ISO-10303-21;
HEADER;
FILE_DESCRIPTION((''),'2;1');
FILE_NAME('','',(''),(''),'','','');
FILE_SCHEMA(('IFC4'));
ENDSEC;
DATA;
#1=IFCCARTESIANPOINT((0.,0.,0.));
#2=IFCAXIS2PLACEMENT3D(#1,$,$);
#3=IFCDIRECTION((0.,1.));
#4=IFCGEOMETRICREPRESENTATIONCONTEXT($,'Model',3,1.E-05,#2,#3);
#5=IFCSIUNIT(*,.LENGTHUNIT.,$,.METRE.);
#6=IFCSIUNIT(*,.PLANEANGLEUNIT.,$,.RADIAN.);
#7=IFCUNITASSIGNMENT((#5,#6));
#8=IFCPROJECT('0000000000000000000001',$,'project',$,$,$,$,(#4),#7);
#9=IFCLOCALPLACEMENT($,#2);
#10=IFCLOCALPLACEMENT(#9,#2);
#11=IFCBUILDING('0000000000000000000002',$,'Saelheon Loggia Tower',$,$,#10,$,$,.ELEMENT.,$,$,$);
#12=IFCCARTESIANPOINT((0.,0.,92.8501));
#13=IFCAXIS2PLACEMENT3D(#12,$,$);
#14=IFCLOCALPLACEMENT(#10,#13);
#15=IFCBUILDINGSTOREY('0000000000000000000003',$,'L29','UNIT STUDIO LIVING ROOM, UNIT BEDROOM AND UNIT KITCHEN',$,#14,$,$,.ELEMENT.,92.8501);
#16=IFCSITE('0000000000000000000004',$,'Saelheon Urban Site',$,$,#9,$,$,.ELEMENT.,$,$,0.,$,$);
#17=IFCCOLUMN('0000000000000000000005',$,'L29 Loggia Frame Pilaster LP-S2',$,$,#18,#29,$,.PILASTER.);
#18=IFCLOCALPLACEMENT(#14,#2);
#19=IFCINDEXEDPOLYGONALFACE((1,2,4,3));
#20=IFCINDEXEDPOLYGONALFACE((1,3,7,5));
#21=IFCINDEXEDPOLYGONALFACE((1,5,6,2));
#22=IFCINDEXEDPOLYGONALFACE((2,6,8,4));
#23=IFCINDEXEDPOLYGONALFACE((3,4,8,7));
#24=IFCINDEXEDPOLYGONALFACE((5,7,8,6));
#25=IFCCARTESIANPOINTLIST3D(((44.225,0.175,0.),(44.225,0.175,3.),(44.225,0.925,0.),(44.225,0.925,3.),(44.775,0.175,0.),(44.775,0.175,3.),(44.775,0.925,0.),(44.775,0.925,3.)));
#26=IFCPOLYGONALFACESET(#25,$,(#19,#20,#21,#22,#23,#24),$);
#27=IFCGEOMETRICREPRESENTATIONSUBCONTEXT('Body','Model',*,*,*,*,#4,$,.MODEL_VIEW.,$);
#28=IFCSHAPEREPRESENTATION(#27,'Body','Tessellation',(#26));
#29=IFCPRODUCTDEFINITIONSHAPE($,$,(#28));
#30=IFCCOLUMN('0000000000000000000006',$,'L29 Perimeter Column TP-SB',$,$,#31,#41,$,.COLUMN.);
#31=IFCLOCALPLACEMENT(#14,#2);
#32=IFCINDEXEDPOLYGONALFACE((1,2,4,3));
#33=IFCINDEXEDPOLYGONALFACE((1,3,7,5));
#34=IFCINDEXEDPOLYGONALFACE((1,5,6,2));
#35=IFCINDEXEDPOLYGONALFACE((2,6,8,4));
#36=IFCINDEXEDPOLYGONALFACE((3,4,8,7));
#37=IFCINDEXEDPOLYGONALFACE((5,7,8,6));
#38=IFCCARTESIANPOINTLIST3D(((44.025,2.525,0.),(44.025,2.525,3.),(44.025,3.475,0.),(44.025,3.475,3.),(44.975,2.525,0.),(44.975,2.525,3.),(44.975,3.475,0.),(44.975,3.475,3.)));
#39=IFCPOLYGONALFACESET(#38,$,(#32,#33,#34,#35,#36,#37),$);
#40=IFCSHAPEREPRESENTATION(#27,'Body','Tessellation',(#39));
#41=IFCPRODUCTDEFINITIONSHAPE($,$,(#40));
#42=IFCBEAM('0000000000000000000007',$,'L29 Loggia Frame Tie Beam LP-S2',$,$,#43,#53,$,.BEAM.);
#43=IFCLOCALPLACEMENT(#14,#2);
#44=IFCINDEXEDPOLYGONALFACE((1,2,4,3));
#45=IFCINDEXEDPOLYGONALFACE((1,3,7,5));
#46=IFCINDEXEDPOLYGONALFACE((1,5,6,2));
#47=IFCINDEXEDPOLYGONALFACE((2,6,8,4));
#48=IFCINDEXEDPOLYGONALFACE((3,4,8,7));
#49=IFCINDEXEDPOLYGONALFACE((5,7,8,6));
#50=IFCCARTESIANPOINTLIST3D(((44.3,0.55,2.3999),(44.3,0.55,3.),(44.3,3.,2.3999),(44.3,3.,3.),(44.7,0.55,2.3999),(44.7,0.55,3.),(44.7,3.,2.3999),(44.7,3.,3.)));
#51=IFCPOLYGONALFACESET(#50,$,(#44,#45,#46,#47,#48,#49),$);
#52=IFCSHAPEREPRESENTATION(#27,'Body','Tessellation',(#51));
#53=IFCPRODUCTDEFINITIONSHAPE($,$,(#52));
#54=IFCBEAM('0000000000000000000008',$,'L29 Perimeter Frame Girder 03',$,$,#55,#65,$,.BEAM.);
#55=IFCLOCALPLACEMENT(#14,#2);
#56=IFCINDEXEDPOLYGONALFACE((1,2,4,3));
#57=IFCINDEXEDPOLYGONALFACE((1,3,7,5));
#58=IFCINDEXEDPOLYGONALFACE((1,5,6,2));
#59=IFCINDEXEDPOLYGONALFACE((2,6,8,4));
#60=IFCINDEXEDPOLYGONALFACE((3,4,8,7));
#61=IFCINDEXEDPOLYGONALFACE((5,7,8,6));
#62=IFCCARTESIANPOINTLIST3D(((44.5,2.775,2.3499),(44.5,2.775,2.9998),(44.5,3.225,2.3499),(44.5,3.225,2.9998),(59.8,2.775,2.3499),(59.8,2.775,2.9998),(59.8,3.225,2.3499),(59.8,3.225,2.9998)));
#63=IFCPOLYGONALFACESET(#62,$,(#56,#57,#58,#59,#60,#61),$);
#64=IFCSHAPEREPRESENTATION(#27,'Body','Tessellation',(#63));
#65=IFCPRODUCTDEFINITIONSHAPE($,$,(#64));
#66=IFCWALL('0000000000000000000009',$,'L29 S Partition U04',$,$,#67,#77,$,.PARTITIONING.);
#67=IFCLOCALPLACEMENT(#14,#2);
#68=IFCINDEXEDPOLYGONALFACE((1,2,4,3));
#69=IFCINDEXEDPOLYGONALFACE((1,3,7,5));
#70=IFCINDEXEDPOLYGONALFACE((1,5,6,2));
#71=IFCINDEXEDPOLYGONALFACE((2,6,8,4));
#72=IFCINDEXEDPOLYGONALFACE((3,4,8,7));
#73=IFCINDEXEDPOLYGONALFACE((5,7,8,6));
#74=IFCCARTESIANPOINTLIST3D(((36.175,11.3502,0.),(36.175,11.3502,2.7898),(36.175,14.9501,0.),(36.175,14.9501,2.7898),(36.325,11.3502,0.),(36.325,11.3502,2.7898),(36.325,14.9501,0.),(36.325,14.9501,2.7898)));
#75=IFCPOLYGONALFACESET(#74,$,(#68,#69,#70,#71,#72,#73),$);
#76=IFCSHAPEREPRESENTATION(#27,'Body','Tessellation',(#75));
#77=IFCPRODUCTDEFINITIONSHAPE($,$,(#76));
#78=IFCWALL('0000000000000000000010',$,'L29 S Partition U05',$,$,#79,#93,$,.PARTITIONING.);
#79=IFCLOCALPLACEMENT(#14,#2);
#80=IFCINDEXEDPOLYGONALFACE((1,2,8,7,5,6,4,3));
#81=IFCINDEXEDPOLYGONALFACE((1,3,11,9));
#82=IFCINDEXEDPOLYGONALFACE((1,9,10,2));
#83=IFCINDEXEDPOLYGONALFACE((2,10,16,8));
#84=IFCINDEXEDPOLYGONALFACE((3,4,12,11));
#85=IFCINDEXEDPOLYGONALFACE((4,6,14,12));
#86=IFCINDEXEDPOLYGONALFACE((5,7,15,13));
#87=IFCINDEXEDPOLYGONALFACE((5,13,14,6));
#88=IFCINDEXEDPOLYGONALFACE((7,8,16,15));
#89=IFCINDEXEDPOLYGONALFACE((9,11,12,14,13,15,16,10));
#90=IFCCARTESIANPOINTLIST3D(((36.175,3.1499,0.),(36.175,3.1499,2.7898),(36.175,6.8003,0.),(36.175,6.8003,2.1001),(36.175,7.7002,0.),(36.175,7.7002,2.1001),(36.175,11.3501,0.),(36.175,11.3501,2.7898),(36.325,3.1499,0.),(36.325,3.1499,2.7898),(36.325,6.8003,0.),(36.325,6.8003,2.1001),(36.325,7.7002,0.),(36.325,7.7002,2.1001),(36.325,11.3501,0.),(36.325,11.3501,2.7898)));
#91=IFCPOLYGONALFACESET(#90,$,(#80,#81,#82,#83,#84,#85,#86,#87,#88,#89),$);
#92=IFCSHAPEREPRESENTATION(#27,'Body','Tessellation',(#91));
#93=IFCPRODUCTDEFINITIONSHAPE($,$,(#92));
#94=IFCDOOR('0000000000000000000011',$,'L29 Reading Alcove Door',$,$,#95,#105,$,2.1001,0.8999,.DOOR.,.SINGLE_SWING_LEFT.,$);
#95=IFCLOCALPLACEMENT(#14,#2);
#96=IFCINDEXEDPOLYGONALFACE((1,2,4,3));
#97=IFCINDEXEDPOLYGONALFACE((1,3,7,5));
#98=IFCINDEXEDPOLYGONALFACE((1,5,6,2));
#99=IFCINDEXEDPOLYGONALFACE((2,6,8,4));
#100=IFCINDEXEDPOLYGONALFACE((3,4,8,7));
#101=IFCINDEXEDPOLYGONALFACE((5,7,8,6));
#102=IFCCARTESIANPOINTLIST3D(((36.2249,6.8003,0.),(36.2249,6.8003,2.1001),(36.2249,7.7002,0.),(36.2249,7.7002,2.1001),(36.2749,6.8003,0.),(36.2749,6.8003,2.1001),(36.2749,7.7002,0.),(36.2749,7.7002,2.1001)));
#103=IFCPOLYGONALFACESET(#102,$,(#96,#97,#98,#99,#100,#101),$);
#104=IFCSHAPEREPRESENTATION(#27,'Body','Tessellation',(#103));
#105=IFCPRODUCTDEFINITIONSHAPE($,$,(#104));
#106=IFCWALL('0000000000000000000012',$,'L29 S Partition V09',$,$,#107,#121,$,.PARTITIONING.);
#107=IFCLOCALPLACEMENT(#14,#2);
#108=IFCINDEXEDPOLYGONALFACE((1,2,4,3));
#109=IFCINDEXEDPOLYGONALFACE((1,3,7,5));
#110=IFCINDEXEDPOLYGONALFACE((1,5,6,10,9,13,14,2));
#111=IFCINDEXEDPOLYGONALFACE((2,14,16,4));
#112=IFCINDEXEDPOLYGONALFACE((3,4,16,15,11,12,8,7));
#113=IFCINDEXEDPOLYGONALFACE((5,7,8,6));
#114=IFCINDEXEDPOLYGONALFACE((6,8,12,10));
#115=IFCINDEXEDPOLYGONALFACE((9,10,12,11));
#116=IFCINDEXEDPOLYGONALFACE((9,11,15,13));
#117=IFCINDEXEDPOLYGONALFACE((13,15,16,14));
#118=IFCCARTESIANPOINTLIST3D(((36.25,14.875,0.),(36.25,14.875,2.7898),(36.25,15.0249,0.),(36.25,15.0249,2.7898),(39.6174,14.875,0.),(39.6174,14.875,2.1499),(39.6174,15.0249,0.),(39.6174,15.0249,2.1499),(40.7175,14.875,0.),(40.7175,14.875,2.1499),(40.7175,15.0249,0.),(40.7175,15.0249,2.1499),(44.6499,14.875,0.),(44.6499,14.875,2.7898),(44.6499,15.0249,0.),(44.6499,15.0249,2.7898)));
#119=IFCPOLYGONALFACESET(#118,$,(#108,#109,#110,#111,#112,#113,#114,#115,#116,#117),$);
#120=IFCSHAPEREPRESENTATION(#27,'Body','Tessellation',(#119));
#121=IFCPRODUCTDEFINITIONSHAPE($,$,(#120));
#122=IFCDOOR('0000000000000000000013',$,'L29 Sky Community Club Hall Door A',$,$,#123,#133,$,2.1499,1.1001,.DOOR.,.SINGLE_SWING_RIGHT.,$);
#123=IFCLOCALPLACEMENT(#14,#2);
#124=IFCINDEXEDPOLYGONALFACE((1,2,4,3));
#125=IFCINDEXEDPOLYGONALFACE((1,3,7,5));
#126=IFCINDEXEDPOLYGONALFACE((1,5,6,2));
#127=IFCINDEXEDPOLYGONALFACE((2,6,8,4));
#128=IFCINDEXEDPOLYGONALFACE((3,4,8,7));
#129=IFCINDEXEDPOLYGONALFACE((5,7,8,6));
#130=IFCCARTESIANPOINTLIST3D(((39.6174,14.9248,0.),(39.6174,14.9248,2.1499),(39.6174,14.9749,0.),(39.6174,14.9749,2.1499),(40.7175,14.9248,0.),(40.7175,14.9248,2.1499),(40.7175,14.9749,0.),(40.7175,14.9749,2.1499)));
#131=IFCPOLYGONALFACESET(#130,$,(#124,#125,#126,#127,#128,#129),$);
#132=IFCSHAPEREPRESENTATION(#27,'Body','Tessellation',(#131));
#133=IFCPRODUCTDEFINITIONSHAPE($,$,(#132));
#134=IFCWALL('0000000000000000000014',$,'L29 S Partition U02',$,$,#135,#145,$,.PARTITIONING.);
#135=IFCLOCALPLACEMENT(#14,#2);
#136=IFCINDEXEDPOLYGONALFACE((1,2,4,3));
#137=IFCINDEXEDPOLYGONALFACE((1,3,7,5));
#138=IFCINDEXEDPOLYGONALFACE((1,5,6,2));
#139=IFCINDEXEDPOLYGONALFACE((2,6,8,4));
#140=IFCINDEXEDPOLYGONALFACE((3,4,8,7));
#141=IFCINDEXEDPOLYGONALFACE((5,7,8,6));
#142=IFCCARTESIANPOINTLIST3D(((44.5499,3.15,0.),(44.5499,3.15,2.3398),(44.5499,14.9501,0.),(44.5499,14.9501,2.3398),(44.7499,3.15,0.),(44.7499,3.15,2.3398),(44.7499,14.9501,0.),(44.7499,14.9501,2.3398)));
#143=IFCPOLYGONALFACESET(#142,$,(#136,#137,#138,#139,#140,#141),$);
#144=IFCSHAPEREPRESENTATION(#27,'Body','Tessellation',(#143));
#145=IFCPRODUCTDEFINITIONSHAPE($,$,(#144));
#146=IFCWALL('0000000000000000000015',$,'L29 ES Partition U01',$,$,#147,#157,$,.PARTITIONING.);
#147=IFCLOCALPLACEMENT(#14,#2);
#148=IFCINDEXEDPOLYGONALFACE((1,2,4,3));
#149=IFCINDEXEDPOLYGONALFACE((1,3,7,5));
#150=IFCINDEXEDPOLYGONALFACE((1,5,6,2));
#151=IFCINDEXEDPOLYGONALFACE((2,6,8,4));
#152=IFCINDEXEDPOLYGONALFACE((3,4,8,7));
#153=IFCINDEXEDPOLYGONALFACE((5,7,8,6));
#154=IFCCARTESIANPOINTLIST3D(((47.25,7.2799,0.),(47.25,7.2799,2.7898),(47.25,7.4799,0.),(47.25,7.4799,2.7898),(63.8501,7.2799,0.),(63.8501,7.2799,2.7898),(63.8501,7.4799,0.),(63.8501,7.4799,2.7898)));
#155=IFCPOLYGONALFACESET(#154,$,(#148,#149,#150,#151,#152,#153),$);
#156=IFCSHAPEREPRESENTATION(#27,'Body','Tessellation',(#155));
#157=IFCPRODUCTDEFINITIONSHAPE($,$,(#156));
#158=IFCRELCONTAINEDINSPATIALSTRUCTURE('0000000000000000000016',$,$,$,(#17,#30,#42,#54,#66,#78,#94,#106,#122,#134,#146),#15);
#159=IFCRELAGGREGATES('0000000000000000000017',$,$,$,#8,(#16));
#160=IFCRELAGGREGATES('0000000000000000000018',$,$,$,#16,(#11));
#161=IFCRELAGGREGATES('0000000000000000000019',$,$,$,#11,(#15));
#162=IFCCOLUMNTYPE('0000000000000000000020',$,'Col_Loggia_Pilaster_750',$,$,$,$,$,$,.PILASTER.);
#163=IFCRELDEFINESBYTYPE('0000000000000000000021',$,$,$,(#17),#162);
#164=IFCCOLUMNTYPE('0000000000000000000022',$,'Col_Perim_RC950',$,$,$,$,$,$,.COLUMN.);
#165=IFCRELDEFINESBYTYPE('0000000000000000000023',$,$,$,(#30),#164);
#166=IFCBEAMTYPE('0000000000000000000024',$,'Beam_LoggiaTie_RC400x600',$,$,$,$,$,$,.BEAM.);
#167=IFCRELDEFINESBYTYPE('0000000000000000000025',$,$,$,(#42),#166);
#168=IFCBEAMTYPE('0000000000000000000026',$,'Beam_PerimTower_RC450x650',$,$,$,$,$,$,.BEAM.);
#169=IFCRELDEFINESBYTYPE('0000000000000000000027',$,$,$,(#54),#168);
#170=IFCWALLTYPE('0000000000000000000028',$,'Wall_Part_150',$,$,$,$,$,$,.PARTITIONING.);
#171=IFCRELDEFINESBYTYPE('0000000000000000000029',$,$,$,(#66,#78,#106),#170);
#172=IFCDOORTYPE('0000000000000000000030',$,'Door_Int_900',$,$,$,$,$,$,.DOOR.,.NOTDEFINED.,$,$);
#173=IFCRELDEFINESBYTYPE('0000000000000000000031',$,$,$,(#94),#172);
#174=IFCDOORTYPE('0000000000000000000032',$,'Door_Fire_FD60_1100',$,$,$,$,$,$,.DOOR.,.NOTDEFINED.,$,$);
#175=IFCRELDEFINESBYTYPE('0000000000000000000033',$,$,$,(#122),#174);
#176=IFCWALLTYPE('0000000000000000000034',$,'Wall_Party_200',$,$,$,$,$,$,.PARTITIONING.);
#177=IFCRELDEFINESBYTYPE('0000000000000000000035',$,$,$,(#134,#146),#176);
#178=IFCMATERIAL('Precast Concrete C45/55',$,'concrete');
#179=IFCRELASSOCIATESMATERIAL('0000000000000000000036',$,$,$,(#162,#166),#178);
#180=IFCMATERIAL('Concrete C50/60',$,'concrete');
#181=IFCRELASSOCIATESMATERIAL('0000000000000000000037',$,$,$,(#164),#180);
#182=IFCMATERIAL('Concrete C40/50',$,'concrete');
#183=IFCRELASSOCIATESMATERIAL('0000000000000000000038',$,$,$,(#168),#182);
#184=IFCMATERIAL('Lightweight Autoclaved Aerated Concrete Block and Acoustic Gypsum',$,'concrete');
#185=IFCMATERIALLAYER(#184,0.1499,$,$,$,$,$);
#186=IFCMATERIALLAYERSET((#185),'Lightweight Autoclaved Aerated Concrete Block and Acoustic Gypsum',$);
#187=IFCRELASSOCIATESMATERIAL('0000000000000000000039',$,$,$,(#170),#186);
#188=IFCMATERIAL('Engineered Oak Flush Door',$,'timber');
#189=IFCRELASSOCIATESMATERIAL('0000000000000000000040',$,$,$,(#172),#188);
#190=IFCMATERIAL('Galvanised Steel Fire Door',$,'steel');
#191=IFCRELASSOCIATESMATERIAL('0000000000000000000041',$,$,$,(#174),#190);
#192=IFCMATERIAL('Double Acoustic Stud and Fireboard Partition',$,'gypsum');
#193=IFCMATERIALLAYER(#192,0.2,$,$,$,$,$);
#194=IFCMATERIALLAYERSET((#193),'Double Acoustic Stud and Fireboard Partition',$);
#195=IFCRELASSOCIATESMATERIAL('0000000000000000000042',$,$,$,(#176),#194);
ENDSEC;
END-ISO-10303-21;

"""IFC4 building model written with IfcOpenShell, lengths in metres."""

from ifc_helpers import new_model, si_unit, direction, frame, frame_2d, origin, origin_2d, place, context, subcontext, project, spatial, rectangle, extrude, source, transform, mapped, material, layer, layer_set, material_profile, profile_set, type_object, element, fill, save


model = new_model("IFC4")

# Units and contexts
model_context = context("Model", 3, precision=1e-05, world=origin(), true_north=direction((0.0, 1.0)))
body_context = subcontext(model_context, "Body", "Model", "MODEL_VIEW")
ifc_project = project(units=[si_unit("LENGTHUNIT", "METRE"), si_unit("PLANEANGLEUNIT", "RADIAN")], contexts=[model_context])

# Site, building, storey
site_placement = place(None, origin())
site = spatial("IfcSite", under=ifc_project, at=site_placement, Name="Saelheon Urban Site", CompositionType="ELEMENT", RefElevation=0.0)
building_placement = place(site_placement, origin())
building = spatial("IfcBuilding", under=site, at=building_placement, Name="Saelheon Loggia Tower", CompositionType="ELEMENT")
storey_placement = place(building_placement, frame((0.0, 0.0, 92.8501)))
storey = spatial("IfcBuildingStorey", under=building, at=storey_placement, Name="L29", Description="UNIT STUDIO LIVING ROOM, UNIT BEDROOM AND UNIT KITCHEN", CompositionType="ELEMENT", Elevation=92.8501)

# Columns
ifc_material_1 = material(Name="Precast Concrete C45/55", Category="concrete")
ifc_material_profile_1 = material_profile(ifc_material_1, rectangle(XDim=0.55, YDim=0.75, at=origin_2d()), Name="RC-550x750")
ifc_profile_set_1 = profile_set([ifc_material_profile_1], Name="Precast Concrete C45/55")
column_type_1 = type_object("IfcColumnType", Name="Col_Loggia_Pilaster_750", PredefinedType="PILASTER", material=ifc_profile_set_1)
shared_shape_1 = source(origin(), body_context, "Body", "SweptSolid", [
    extrude(rectangle(XDim=0.55, YDim=0.75, at=origin_2d()), origin(), (0.0, 0.0, 1.0), 3.0),
])
column_1_placement = place(storey_placement, frame((44.5, 0.55, 0.0), z_axis=(0.0, 0.0, 1.0), x_axis=(1.0, 0.0, 0.0)))
element("IfcColumn", 1, at=column_1_placement, inside=storey, type_object=column_type_1, Name="L29 Loggia Frame Pilaster LP-S2", PredefinedType="PILASTER", context=body_context, shape_type="MappedRepresentation", body=[
    mapped(shared_shape_1, transform((0.0, 0.0, 0.0), scale=1.0)),
])
ifc_material_2 = material(Name="Concrete C50/60", Category="concrete")
ifc_material_profile_2 = material_profile(ifc_material_2, rectangle(XDim=0.95, YDim=0.95, at=origin_2d()), Name="RC-950x950")
ifc_profile_set_2 = profile_set([ifc_material_profile_2], Name="Concrete C50/60")
column_type_2 = type_object("IfcColumnType", Name="Col_Perim_RC950", PredefinedType="COLUMN", material=ifc_profile_set_2)
shared_shape_2 = source(origin(), body_context, "Body", "SweptSolid", [
    extrude(rectangle(XDim=0.95, YDim=0.95, at=origin_2d()), origin(), (0.0, 0.0, 1.0), 3.0),
])
column_2_placement = place(storey_placement, frame((44.5, 3.0, 0.0), z_axis=(0.0, 0.0, 1.0), x_axis=(1.0, 0.0, 0.0)))
element("IfcColumn", 2, at=column_2_placement, inside=storey, type_object=column_type_2, Name="L29 Perimeter Column TP-SB", PredefinedType="COLUMN", context=body_context, shape_type="MappedRepresentation", body=[
    mapped(shared_shape_2, transform((0.0, 0.0, 0.0), scale=1.0)),
])

# Beams
ifc_material_profile_3 = material_profile(ifc_material_1, rectangle(XDim=0.3999, YDim=0.6001, at=origin_2d()), Name="RC-400x600")
ifc_profile_set_3 = profile_set([ifc_material_profile_3], Name="Precast Concrete C45/55")
beam_type_1 = type_object("IfcBeamType", Name="Beam_LoggiaTie_RC400x600", PredefinedType="BEAM", material=ifc_profile_set_3)
shared_shape_3 = source(origin(), body_context, "Body", "SweptSolid", [
    extrude(rectangle(XDim=0.3999, YDim=0.6001, at=origin_2d()), origin(), (0.0, 0.0, 1.0), 2.45),
])
beam_1_placement = place(storey_placement, frame((44.5, 3.0, 2.7), z_axis=(0.0, -1.0, 0.0), x_axis=(1.0, 0.0, 0.0)))
element("IfcBeam", 3, at=beam_1_placement, inside=storey, type_object=beam_type_1, Name="L29 Loggia Frame Tie Beam LP-S2", PredefinedType="BEAM", context=body_context, shape_type="MappedRepresentation", body=[
    mapped(shared_shape_3, transform((0.0, 0.0, 0.0), scale=1.0)),
])
ifc_material_3 = material(Name="Concrete C40/50", Category="concrete")
ifc_material_profile_4 = material_profile(ifc_material_3, rectangle(XDim=0.45, YDim=0.6499, at=origin_2d()), Name="RC-450x650")
ifc_profile_set_4 = profile_set([ifc_material_profile_4], Name="Concrete C40/50")
beam_type_2 = type_object("IfcBeamType", Name="Beam_PerimTower_RC450x650", PredefinedType="BEAM", material=ifc_profile_set_4)
shared_shape_4 = source(origin(), body_context, "Body", "SweptSolid", [
    extrude(rectangle(XDim=0.45, YDim=0.6499, at=origin_2d()), origin(), (0.0, 0.0, 1.0), 15.3),
])
beam_2_placement = place(storey_placement, frame((44.5, 3.0, 2.6748), z_axis=(1.0, 0.0, 0.0), x_axis=(0.0, 1.0, 0.0)))
element("IfcBeam", 4, at=beam_2_placement, inside=storey, type_object=beam_type_2, Name="L29 Perimeter Frame Girder 03", PredefinedType="BEAM", context=body_context, shape_type="MappedRepresentation", body=[
    mapped(shared_shape_4, transform((0.0, 0.0, 0.0), scale=1.0)),
])

# Wall
ifc_material_4 = material(Name="Lightweight Autoclaved Aerated Concrete Block and Acoustic Gypsum", Category="concrete")
ifc_layer_1 = layer(ifc_material_4, 0.1499)
ifc_layer_set_1 = layer_set([ifc_layer_1], Name="Lightweight Autoclaved Aerated Concrete Block and Acoustic Gypsum")
wall_type_1 = type_object("IfcWallType", Name="Wall_Part_150", PredefinedType="PARTITIONING", material=ifc_layer_set_1)
wall_1_placement = place(storey_placement, frame((36.25, 14.95, 0.0), z_axis=(0.0, 0.0, 1.0), x_axis=(0.0, -1.0, 0.0)))
element("IfcWall", 5, at=wall_1_placement, inside=storey, type_object=wall_type_1, Name="L29 S Partition U04", PredefinedType="PARTITIONING", context=body_context, shape_type="SweptSolid", body=[
    extrude(rectangle(XDim=3.5999, YDim=0.1499, at=frame_2d((1.7998, 0.0))), origin(), (0.0, 0.0, 1.0), 2.7898),
])

# Walls, openings, doors
wall_2_placement = place(storey_placement, frame((36.25, 11.3501, 0.0), z_axis=(0.0, 0.0, 1.0), x_axis=(0.0, -1.0, 0.0)))
wall_2 = element("IfcWall", 6, at=wall_2_placement, inside=storey, type_object=wall_type_1, Name="L29 S Partition U05", PredefinedType="PARTITIONING", context=body_context, shape_type="SweptSolid", body=[
    extrude(rectangle(XDim=8.2002, YDim=0.1499, at=frame_2d((4.1001, 0.0))), origin(), (0.0, 0.0, 1.0), 2.7898),
])
opening_1_placement = place(wall_2_placement, frame((3.6499, 0.0, 0.0)))
opening_1 = element("IfcOpeningElement", 7, at=opening_1_placement, cuts=wall_2, PredefinedType="OPENING", context=body_context, shape_type="SweptSolid", body=[
    extrude(rectangle(XDim=0.8999, YDim=2.1001, at=frame_2d((0.45, 1.05))), frame((0.0, 0.0869, 0.0), z_axis=(0.0, -1.0, 0.0), x_axis=(1.0, 0.0, 0.0)), (0.0, 0.0, 1.0), 0.1738),
])
ifc_material_5 = material(Name="Engineered Oak Flush Door", Category="timber")
door_type_1 = type_object("IfcDoorType", Name="Door_Int_900", OperationType="NOTDEFINED", PredefinedType="DOOR", material=ifc_material_5)
shared_shape_5 = source(origin(), body_context, "Body", "SweptSolid", [
    extrude(rectangle(XDim=0.8999, YDim=2.1001, at=frame_2d((0.45, 1.05))), frame((0.0, 0.0249, 0.0), z_axis=(0.0, -1.0, 0.0), x_axis=(1.0, 0.0, 0.0)), (0.0, 0.0, 1.0), 0.05),
])
door_1_placement = place(opening_1_placement, origin())
door_1 = element("IfcDoor", 8, at=door_1_placement, inside=storey, type_object=door_type_1, Name="L29 Reading Alcove Door", OperationType="SINGLE_SWING_LEFT", OverallHeight=2.1001, OverallWidth=0.8999, PredefinedType="DOOR", context=body_context, shape_type="MappedRepresentation", body=[
    mapped(shared_shape_5, transform((0.0, 0.0, 0.0), scale=1.0)),
])
fill(opening_1, door_1)
wall_3_placement = place(storey_placement, frame((36.25, 14.95, 0.0), z_axis=(0.0, 0.0, 1.0), x_axis=(1.0, 0.0, 0.0)))
wall_3 = element("IfcWall", 9, at=wall_3_placement, inside=storey, type_object=wall_type_1, Name="L29 S Partition V09", PredefinedType="PARTITIONING", context=body_context, shape_type="SweptSolid", body=[
    extrude(rectangle(XDim=8.3999, YDim=0.1499, at=frame_2d((4.2, 0.0))), origin(), (0.0, 0.0, 1.0), 2.7898),
])
opening_2_placement = place(wall_3_placement, frame((3.3674, 0.0, 0.0)))
opening_2 = element("IfcOpeningElement", 10, at=opening_2_placement, cuts=wall_3, PredefinedType="OPENING", context=body_context, shape_type="SweptSolid", body=[
    extrude(rectangle(XDim=1.1001, YDim=2.1499, at=frame_2d((0.55, 1.075))), frame((0.0, 0.0869, 0.0), z_axis=(0.0, -1.0, 0.0), x_axis=(1.0, 0.0, 0.0)), (0.0, 0.0, 1.0), 0.1738),
])
ifc_material_6 = material(Name="Galvanised Steel Fire Door", Category="steel")
door_type_2 = type_object("IfcDoorType", Name="Door_Fire_FD60_1100", OperationType="NOTDEFINED", PredefinedType="DOOR", material=ifc_material_6)
shared_shape_6 = source(origin(), body_context, "Body", "SweptSolid", [
    extrude(rectangle(XDim=1.1001, YDim=2.1499, at=frame_2d((0.55, 1.075))), frame((0.0, 0.0249, 0.0), z_axis=(0.0, -1.0, 0.0), x_axis=(1.0, 0.0, 0.0)), (0.0, 0.0, 1.0), 0.05),
])
door_2_placement = place(opening_2_placement, origin())
door_2 = element("IfcDoor", 11, at=door_2_placement, inside=storey, type_object=door_type_2, Name="L29 Sky Community Club Hall Door A", OperationType="SINGLE_SWING_RIGHT", OverallHeight=2.1499, OverallWidth=1.1001, PredefinedType="DOOR", context=body_context, shape_type="MappedRepresentation", body=[
    mapped(shared_shape_6, transform((0.0, 0.0, 0.0), scale=1.0)),
])
fill(opening_2, door_2)

# Walls
ifc_material_7 = material(Name="Double Acoustic Stud and Fireboard Partition", Category="gypsum")
ifc_layer_2 = layer(ifc_material_7, 0.2)
ifc_layer_set_2 = layer_set([ifc_layer_2], Name="Double Acoustic Stud and Fireboard Partition")
wall_type_2 = type_object("IfcWallType", Name="Wall_Party_200", PredefinedType="PARTITIONING", material=ifc_layer_set_2)
wall_4_placement = place(storey_placement, frame((44.6499, 14.95, 0.0), z_axis=(0.0, 0.0, 1.0), x_axis=(0.0, -1.0, 0.0)))
element("IfcWall", 12, at=wall_4_placement, inside=storey, type_object=wall_type_2, Name="L29 S Partition U02", PredefinedType="PARTITIONING", context=body_context, shape_type="SweptSolid", body=[
    extrude(rectangle(XDim=11.8, YDim=0.2, at=frame_2d((5.8999, 0.0))), origin(), (0.0, 0.0, 1.0), 2.3398),
])
wall_5_placement = place(storey_placement, frame((47.25, 7.3799, 0.0), z_axis=(0.0, 0.0, 1.0), x_axis=(1.0, 0.0, 0.0)))
element("IfcWall", 13, at=wall_5_placement, inside=storey, type_object=wall_type_2, Name="L29 ES Partition U01", PredefinedType="PARTITIONING", context=body_context, shape_type="SweptSolid", body=[
    extrude(rectangle(XDim=16.6001, YDim=0.2, at=frame_2d((8.3, 0.0))), origin(), (0.0, 0.0, 1.0), 2.7898),
])

save(model, "model.ifc")
